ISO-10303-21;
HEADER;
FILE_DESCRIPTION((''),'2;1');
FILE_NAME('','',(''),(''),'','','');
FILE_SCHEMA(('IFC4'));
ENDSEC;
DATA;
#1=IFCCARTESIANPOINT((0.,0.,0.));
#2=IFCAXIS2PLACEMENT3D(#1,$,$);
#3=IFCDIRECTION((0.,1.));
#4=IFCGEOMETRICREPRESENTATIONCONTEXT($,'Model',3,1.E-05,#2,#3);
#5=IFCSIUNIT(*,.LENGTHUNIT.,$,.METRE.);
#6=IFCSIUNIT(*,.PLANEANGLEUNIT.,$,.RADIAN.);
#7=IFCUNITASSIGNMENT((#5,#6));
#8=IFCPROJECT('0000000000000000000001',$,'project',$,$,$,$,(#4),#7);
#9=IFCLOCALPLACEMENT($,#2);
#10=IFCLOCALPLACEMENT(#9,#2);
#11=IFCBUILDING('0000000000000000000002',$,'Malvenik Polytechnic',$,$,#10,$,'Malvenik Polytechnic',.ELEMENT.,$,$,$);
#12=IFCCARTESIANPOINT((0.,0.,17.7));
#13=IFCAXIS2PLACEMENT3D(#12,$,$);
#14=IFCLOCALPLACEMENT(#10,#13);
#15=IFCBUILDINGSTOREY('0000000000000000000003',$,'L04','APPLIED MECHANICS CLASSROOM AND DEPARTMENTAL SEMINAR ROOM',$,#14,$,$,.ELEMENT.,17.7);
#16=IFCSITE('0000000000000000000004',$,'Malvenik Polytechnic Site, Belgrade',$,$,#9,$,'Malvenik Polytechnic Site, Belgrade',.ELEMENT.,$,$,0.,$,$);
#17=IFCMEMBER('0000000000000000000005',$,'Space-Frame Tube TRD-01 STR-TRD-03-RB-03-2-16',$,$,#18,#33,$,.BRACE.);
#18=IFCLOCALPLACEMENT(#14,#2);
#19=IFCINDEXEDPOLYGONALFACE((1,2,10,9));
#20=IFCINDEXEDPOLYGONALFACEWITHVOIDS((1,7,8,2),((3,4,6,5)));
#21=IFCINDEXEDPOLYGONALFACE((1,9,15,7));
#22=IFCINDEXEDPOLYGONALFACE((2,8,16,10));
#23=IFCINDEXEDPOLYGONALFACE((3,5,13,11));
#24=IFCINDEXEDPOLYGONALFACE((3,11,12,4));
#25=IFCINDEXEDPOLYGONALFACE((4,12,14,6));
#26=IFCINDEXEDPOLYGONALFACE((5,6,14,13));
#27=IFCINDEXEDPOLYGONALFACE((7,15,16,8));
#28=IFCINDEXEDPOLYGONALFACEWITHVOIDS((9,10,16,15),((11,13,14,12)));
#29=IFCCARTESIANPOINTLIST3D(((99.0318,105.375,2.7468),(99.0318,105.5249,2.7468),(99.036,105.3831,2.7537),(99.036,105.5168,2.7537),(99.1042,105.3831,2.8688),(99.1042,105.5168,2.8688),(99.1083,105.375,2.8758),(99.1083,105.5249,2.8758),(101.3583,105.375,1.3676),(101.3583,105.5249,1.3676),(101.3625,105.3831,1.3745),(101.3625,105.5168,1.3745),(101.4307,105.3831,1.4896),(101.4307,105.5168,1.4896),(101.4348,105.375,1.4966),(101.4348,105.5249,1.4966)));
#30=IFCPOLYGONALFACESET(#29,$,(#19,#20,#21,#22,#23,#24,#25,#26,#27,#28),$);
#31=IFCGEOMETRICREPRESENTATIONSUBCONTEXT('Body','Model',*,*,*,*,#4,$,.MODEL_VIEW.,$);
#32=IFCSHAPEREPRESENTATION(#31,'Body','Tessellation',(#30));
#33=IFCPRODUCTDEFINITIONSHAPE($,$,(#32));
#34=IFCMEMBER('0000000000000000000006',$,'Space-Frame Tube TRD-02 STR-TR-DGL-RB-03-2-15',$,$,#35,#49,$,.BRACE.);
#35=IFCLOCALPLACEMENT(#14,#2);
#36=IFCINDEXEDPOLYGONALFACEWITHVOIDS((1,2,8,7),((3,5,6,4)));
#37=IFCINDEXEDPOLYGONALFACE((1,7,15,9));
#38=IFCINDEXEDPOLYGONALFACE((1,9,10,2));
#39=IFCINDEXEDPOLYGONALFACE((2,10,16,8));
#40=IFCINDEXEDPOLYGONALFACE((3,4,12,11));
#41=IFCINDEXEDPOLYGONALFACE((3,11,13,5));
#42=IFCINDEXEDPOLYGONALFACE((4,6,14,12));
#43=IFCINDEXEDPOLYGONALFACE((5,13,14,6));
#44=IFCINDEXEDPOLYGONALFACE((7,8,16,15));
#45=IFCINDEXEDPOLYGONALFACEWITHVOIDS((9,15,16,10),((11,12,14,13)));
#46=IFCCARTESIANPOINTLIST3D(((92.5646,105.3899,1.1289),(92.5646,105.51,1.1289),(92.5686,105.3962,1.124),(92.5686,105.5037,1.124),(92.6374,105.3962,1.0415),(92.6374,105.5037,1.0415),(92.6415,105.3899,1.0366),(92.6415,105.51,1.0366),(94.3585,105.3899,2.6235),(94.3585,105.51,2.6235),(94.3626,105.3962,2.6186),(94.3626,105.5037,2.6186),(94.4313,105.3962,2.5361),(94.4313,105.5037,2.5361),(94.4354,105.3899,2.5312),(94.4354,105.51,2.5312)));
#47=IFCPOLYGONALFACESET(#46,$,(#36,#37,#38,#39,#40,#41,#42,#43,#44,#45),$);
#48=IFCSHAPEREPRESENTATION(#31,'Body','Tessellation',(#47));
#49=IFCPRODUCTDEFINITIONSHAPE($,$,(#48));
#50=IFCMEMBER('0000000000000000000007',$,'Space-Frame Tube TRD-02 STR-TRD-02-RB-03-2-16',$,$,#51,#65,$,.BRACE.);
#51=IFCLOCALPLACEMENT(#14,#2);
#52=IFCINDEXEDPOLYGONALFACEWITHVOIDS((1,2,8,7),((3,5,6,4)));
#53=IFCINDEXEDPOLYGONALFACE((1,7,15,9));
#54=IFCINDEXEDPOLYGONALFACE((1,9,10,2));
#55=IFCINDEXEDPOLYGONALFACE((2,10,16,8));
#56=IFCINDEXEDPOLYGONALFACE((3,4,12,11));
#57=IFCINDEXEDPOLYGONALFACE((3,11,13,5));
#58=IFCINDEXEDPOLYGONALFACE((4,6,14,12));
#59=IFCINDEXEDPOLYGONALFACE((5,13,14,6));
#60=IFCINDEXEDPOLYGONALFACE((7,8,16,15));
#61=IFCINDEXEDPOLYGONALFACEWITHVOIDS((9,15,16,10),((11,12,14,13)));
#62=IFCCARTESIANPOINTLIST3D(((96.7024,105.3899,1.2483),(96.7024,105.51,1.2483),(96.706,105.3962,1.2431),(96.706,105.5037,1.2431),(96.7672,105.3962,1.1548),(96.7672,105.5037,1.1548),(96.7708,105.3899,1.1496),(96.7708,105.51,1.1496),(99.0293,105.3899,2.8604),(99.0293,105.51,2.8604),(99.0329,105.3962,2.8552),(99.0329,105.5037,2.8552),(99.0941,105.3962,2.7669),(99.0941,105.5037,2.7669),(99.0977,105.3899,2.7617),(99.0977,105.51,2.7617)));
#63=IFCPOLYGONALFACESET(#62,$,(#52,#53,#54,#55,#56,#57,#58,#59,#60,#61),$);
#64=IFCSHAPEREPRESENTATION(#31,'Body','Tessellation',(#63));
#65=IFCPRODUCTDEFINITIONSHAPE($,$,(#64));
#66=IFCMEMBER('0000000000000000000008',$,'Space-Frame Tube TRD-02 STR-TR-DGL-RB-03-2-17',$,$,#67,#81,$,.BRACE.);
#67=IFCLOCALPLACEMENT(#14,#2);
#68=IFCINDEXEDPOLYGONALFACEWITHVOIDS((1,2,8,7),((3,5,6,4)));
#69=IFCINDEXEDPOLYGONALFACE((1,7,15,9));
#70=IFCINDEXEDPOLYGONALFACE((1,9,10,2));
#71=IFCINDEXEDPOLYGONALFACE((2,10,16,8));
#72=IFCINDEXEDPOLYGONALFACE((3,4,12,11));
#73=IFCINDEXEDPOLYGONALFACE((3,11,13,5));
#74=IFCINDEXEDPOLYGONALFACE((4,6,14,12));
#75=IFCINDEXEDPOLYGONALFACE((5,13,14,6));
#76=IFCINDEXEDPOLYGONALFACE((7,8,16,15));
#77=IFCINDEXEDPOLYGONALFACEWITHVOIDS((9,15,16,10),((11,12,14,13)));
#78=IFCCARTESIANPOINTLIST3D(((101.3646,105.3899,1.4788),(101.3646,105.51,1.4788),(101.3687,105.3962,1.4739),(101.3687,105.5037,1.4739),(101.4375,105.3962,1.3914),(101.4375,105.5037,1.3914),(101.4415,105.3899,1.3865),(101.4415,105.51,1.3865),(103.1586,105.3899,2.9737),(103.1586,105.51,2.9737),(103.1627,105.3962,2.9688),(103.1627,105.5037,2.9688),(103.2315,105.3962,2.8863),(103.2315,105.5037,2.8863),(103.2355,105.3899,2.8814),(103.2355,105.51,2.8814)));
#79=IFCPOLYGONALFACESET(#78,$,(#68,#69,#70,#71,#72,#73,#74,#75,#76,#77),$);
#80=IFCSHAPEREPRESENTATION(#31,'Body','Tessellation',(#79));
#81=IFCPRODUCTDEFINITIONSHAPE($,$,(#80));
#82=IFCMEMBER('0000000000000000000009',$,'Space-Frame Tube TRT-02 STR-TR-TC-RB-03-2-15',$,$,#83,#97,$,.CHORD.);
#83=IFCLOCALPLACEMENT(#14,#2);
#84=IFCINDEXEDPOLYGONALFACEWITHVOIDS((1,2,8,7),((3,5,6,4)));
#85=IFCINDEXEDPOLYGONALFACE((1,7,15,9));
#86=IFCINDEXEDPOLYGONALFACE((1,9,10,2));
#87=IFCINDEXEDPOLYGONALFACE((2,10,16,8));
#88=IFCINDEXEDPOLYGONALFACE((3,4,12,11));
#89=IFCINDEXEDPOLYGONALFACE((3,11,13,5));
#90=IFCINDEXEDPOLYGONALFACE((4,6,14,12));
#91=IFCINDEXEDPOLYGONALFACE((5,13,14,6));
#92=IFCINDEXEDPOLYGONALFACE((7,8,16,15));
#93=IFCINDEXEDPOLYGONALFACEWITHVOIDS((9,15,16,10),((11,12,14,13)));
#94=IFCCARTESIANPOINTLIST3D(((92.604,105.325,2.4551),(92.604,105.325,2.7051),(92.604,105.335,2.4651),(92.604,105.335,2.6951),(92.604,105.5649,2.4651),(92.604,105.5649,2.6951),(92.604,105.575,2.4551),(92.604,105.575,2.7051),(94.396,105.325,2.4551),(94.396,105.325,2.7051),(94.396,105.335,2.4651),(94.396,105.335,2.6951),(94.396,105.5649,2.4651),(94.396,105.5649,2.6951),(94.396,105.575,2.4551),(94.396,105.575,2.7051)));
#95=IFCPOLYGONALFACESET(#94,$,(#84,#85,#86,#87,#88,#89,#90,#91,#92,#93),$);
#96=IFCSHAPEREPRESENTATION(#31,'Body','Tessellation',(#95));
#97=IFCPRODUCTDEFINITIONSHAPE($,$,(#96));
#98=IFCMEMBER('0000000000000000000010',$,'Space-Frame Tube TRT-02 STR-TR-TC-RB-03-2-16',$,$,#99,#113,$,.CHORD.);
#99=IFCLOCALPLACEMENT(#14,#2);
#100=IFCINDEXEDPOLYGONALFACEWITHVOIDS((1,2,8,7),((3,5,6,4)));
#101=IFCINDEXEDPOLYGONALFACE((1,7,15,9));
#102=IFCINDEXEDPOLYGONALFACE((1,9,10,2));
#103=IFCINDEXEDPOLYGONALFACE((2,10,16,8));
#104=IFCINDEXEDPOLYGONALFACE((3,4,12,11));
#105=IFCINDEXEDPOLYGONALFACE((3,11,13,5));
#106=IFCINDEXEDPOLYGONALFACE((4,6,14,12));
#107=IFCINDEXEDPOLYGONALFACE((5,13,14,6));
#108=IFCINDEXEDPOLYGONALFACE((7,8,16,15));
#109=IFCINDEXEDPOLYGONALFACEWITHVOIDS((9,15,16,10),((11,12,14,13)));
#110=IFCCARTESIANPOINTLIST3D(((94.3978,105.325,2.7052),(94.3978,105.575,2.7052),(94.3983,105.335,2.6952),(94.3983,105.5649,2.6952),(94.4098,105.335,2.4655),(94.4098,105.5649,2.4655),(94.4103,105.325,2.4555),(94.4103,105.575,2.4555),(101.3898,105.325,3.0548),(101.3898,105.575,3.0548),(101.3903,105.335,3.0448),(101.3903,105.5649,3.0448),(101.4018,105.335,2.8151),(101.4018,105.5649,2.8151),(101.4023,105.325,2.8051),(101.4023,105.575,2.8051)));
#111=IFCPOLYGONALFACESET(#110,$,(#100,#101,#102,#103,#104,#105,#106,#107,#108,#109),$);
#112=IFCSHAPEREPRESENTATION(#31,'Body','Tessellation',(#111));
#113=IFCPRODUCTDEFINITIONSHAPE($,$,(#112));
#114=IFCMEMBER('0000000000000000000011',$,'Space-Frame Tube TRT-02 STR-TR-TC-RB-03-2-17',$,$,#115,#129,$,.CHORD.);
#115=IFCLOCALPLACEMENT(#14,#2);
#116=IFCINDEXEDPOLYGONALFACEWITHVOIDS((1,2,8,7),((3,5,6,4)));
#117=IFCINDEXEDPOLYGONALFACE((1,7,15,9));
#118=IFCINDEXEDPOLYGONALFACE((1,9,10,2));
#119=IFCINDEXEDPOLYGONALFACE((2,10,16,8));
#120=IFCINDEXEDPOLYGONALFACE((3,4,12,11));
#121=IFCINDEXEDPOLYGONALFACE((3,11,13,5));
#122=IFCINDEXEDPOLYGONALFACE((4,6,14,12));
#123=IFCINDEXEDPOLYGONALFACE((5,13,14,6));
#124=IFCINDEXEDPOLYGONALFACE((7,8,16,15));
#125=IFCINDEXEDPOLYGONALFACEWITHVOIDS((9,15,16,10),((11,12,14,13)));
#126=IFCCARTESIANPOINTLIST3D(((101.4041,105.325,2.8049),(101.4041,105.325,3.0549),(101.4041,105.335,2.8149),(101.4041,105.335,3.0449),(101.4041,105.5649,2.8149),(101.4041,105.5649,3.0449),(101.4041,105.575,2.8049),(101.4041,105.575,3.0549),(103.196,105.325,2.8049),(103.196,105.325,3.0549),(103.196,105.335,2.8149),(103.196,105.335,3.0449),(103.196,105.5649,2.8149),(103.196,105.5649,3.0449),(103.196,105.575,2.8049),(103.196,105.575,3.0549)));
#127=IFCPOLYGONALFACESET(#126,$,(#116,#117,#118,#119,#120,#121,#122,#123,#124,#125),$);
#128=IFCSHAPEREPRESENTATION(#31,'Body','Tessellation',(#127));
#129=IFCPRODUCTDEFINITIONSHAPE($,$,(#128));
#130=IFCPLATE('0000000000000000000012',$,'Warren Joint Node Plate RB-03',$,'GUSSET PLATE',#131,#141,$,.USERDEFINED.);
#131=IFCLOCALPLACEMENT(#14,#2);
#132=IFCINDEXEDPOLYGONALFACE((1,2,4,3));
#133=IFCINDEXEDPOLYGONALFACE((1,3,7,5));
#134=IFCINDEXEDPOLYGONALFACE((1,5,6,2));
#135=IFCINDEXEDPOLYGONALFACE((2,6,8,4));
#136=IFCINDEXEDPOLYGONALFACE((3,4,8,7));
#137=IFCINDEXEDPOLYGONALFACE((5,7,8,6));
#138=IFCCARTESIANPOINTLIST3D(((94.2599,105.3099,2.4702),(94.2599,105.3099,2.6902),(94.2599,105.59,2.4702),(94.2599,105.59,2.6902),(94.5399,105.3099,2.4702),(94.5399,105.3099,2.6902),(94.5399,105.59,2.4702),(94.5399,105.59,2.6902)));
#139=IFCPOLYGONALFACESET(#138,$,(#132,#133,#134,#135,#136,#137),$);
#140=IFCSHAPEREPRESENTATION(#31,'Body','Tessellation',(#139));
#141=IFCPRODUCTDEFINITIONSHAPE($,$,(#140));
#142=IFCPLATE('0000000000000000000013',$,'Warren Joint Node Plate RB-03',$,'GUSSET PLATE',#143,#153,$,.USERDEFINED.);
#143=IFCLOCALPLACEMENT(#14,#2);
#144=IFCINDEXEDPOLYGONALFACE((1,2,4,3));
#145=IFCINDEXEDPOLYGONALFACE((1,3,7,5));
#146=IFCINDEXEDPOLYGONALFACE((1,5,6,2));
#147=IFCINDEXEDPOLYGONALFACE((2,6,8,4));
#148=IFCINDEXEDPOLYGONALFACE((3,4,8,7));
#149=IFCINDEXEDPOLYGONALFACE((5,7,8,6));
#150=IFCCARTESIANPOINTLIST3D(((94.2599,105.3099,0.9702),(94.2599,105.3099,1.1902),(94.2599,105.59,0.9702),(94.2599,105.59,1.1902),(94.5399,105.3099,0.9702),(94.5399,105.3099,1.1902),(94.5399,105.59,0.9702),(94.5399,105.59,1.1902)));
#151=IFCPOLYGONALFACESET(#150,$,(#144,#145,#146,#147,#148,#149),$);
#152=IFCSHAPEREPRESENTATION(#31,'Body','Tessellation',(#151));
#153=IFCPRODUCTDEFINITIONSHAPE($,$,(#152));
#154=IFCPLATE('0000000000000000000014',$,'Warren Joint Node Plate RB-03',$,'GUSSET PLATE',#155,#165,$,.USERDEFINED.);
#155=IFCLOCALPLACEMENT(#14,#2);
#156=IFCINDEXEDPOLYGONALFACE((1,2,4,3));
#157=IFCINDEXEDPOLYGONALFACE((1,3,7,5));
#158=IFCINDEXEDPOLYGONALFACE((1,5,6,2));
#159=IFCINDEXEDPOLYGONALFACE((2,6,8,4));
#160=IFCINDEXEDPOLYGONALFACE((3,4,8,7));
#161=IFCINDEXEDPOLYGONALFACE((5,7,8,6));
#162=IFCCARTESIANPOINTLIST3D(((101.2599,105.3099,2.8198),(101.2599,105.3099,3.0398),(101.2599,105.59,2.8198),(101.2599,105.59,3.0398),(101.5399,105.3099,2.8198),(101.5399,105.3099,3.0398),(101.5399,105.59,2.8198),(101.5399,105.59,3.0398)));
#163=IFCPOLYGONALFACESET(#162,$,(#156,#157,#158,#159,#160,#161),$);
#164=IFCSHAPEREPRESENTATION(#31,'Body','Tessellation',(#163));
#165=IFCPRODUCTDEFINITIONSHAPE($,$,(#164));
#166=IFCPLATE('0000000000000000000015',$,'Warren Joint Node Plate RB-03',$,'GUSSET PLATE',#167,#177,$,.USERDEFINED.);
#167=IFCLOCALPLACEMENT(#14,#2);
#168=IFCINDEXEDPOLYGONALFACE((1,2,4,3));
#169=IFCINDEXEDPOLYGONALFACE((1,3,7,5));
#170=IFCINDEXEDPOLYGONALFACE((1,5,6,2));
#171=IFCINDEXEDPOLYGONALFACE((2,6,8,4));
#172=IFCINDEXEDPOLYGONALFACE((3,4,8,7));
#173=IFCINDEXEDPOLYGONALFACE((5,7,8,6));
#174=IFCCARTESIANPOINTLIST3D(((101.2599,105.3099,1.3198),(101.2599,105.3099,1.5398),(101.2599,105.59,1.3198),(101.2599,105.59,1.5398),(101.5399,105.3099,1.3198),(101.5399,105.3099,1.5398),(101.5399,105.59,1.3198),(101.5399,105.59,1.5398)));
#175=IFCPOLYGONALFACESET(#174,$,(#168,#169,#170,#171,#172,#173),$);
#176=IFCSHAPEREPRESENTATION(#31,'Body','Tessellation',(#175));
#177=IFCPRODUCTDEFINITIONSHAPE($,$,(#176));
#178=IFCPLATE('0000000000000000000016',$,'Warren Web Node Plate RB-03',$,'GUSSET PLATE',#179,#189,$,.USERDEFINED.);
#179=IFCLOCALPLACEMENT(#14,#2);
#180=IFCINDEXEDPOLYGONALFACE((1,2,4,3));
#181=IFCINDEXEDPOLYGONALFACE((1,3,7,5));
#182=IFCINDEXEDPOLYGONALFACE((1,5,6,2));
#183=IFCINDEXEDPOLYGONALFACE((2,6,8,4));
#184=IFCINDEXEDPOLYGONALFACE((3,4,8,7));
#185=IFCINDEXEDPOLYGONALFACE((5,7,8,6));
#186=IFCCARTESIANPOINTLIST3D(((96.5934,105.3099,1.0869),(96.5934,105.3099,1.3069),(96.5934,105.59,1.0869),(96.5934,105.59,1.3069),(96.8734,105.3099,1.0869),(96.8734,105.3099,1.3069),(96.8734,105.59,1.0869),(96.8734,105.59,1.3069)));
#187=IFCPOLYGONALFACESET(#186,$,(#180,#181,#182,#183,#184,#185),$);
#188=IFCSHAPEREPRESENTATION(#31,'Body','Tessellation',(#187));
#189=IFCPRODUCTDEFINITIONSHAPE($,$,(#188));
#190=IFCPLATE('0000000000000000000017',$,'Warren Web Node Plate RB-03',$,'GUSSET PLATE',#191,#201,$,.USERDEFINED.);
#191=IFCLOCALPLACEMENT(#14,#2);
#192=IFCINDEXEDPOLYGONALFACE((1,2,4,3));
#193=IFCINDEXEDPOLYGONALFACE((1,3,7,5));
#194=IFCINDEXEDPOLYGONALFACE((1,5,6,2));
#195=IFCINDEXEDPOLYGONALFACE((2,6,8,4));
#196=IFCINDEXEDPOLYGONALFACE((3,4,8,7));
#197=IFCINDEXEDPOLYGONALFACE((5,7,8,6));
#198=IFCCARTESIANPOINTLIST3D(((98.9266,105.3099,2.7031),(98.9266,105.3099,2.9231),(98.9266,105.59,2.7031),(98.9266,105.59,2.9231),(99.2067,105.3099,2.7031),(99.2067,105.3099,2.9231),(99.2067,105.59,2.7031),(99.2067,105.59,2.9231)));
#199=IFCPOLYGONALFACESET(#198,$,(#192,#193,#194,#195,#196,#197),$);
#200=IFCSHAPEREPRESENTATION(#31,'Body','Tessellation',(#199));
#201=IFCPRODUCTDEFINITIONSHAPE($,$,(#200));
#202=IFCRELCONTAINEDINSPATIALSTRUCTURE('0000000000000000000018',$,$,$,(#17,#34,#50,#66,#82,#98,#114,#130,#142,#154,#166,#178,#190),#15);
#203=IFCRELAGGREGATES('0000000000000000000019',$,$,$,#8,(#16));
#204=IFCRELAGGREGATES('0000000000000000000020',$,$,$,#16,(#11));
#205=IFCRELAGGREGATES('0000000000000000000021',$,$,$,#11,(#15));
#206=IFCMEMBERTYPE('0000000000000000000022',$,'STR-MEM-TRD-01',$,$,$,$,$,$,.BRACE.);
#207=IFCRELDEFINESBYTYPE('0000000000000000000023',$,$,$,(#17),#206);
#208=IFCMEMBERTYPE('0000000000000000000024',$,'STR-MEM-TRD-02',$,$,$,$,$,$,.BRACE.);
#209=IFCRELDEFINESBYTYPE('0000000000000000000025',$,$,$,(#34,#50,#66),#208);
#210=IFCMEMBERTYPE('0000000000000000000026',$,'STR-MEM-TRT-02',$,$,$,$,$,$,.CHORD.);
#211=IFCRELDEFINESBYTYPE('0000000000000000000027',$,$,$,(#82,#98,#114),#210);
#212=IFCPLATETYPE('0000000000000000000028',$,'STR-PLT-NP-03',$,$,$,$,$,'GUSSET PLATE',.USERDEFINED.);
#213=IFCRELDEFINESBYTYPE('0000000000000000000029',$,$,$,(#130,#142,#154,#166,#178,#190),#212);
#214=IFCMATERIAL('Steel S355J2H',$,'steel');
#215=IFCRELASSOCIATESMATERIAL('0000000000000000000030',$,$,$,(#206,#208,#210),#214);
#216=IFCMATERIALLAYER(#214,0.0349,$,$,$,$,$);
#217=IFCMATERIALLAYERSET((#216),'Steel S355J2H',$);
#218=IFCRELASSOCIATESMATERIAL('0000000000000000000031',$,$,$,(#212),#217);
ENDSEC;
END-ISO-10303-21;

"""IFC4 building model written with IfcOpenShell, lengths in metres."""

from ifc_helpers import new_model, si_unit, direction, frame, origin, origin_2d, place, context, subcontext, project, spatial, rectangle, hollow_rectangle, extrude, material, layer, layer_set, material_profile, profile_set, type_object, element, save


model = new_model("IFC4")

# Units and contexts
model_context = context("Model", 3, precision=1e-05, world=origin(), true_north=direction((0.0, 1.0)))
body_context = subcontext(model_context, "Body", "Model", "MODEL_VIEW")
ifc_project = project(units=[si_unit("LENGTHUNIT", "METRE"), si_unit("PLANEANGLEUNIT", "RADIAN")], contexts=[model_context])

# Site, building, storey
site_placement = place(None, origin())
site = spatial("IfcSite", under=ifc_project, at=site_placement, Name="Malvenik Polytechnic Site, Belgrade", LongName="Malvenik Polytechnic Site, Belgrade", CompositionType="ELEMENT", RefElevation=0.0)
building_placement = place(site_placement, origin())
building = spatial("IfcBuilding", under=site, at=building_placement, Name="Malvenik Polytechnic", LongName="Malvenik Polytechnic", CompositionType="ELEMENT")
storey_placement = place(building_placement, frame((0.0, 0.0, 17.7)))
storey = spatial("IfcBuildingStorey", under=building, at=storey_placement, Name="L04", Description="APPLIED MECHANICS CLASSROOM AND DEPARTMENTAL SEMINAR ROOM", CompositionType="ELEMENT", Elevation=17.7)

# Shared definitions
ifc_material_1 = material(Name="Steel S355J2H", Category="steel")

# Members
ifc_material_profile_1 = material_profile(ifc_material_1, hollow_rectangle(XDim=0.1499, YDim=0.1499, WallThickness=0.0081, at=origin_2d()), Name="SHS 150x150x8.0")
ifc_profile_set_1 = profile_set([ifc_material_profile_1], Name="Steel S355J2H")
member_type_1 = type_object("IfcMemberType", Name="STR-MEM-TRD-01", PredefinedType="BRACE", material=ifc_profile_set_1)
member_1_placement = place(storey_placement, frame((99.0701, 105.45, 2.8113), z_axis=(0.860205, 0.0, -0.509948), x_axis=(0.0, 1.0, 0.0)))
element("IfcMember", 1, at=member_1_placement, inside=storey, type_object=member_type_1, Name="Space-Frame Tube TRD-01 STR-TRD-03-RB-03-2-16", PredefinedType="BRACE", context=body_context, shape_type="SweptSolid", body=[
    extrude(hollow_rectangle(XDim=0.1499, YDim=0.1499, WallThickness=0.0081, at=origin_2d()), origin(), (0.0, 0.0, 1.0), 2.7046),
])
ifc_material_profile_2 = material_profile(ifc_material_1, hollow_rectangle(XDim=0.1201, YDim=0.1201, WallThickness=0.0063, at=origin_2d()), Name="SHS 120x120x6.3")
ifc_profile_set_2 = profile_set([ifc_material_profile_2], Name="Steel S355J2H")
member_type_2 = type_object("IfcMemberType", Name="STR-MEM-TRD-02", PredefinedType="BRACE", material=ifc_profile_set_2)
member_2_placement = place(storey_placement, frame((92.603, 105.45, 1.0828), z_axis=(0.76829, 0.0, 0.640102), x_axis=(0.0, 1.0, 0.0)))
element("IfcMember", 2, at=member_2_placement, inside=storey, type_object=member_type_2, Name="Space-Frame Tube TRD-02 STR-TR-DGL-RB-03-2-15", PredefinedType="BRACE", context=body_context, shape_type="SweptSolid", body=[
    extrude(hollow_rectangle(XDim=0.1201, YDim=0.1201, WallThickness=0.0063, at=origin_2d()), origin(), (0.0, 0.0, 1.0), 2.335),
])
member_3_placement = place(storey_placement, frame((96.7366, 105.45, 1.199), z_axis=(0.822006, 0.0, 0.569479), x_axis=(0.0, 1.0, 0.0)))
element("IfcMember", 3, at=member_3_placement, inside=storey, type_object=member_type_2, Name="Space-Frame Tube TRD-02 STR-TRD-02-RB-03-2-16", PredefinedType="BRACE", context=body_context, shape_type="SweptSolid", body=[
    extrude(hollow_rectangle(XDim=0.1201, YDim=0.1201, WallThickness=0.0063, at=origin_2d()), origin(), (0.0, 0.0, 1.0), 2.8308),
])
member_4_placement = place(storey_placement, frame((101.4031, 105.45, 1.4326), z_axis=(0.768238, 0.0, 0.640164), x_axis=(0.0, 1.0, 0.0)))
element("IfcMember", 4, at=member_4_placement, inside=storey, type_object=member_type_2, Name="Space-Frame Tube TRD-02 STR-TR-DGL-RB-03-2-17", PredefinedType="BRACE", context=body_context, shape_type="SweptSolid", body=[
    extrude(hollow_rectangle(XDim=0.1201, YDim=0.1201, WallThickness=0.0063, at=origin_2d()), origin(), (0.0, 0.0, 1.0), 2.3352),
])
ifc_material_profile_3 = material_profile(ifc_material_1, hollow_rectangle(XDim=0.25, YDim=0.25, WallThickness=0.01, at=origin_2d()), Name="SHS 250x250x10.0")
ifc_profile_set_3 = profile_set([ifc_material_profile_3], Name="Steel S355J2H")
member_type_3 = type_object("IfcMemberType", Name="STR-MEM-TRT-02", PredefinedType="CHORD", material=ifc_profile_set_3)
member_5_placement = place(storey_placement, frame((92.604, 105.45, 2.5801), z_axis=(1.0, 0.0, 0.0), x_axis=(0.0, 1.0, 0.0)))
element("IfcMember", 5, at=member_5_placement, inside=storey, type_object=member_type_3, Name="Space-Frame Tube TRT-02 STR-TR-TC-RB-03-2-15", PredefinedType="CHORD", context=body_context, shape_type="SweptSolid", body=[
    extrude(hollow_rectangle(XDim=0.25, YDim=0.25, WallThickness=0.01, at=origin_2d()), origin(), (0.0, 0.0, 1.0), 1.792),
])
member_6_placement = place(storey_placement, frame((94.4041, 105.45, 2.5803), z_axis=(0.998752, 0.0, 0.049939), x_axis=(0.0, 1.0, 0.0)))
element("IfcMember", 6, at=member_6_placement, inside=storey, type_object=member_type_3, Name="Space-Frame Tube TRT-02 STR-TR-TC-RB-03-2-16", PredefinedType="CHORD", context=body_context, shape_type="SweptSolid", body=[
    extrude(hollow_rectangle(XDim=0.25, YDim=0.25, WallThickness=0.01, at=origin_2d()), origin(), (0.0, 0.0, 1.0), 7.0007),
])
member_7_placement = place(storey_placement, frame((101.4041, 105.45, 2.9299), z_axis=(1.0, 0.0, 0.0), x_axis=(0.0, 1.0, 0.0)))
element("IfcMember", 7, at=member_7_placement, inside=storey, type_object=member_type_3, Name="Space-Frame Tube TRT-02 STR-TR-TC-RB-03-2-17", PredefinedType="CHORD", context=body_context, shape_type="SweptSolid", body=[
    extrude(hollow_rectangle(XDim=0.25, YDim=0.25, WallThickness=0.01, at=origin_2d()), origin(), (0.0, 0.0, 1.0), 1.792),
])

# Plates
ifc_layer_1 = layer(ifc_material_1, 0.0349)
ifc_layer_set_1 = layer_set([ifc_layer_1], Name="Steel S355J2H")
plate_type = type_object("IfcPlateType", Name="STR-PLT-NP-03", ElementType="GUSSET PLATE", PredefinedType="USERDEFINED", material=ifc_layer_set_1)
for number, where, z_axis, x_axis, name in (
    (8, (94.3999, 105.45, 2.4702), (0.0, 0.0, 1.0), (1.0, 0.0, 0.0), "Warren Joint Node Plate RB-03"),
    (9, (94.3999, 105.45, 0.9702), (0.0, 0.0, 1.0), (1.0, 0.0, 0.0), "Warren Joint Node Plate RB-03"),
    (10, (101.3999, 105.45, 2.8198), (0.0, 0.0, 1.0), (1.0, 0.0, 0.0), "Warren Joint Node Plate RB-03"),
    (11, (101.3999, 105.45, 1.3198), (0.0, 0.0, 1.0), (1.0, 0.0, 0.0), "Warren Joint Node Plate RB-03"),
    (12, (96.7334, 105.45, 1.0869), (0.0, 0.0, 1.0), (1.0, 0.0, 0.0), "Warren Web Node Plate RB-03"),
    (13, (99.0667, 105.45, 2.7031), (0.0, 0.0, 1.0), (1.0, 0.0, 0.0), "Warren Web Node Plate RB-03"),
):
    element("IfcPlate", number, at=place(storey_placement, frame(where, z_axis=z_axis, x_axis=x_axis)), inside=storey, type_object=plate_type, Name=name, ObjectType="GUSSET PLATE", PredefinedType="USERDEFINED", context=body_context, shape_type="SweptSolid", body=[
        extrude(rectangle(XDim=0.28, YDim=0.28, at=origin_2d()), origin(), (0.0, 0.0, 1.0), 0.22),
    ])

save(model, "model.ifc")
